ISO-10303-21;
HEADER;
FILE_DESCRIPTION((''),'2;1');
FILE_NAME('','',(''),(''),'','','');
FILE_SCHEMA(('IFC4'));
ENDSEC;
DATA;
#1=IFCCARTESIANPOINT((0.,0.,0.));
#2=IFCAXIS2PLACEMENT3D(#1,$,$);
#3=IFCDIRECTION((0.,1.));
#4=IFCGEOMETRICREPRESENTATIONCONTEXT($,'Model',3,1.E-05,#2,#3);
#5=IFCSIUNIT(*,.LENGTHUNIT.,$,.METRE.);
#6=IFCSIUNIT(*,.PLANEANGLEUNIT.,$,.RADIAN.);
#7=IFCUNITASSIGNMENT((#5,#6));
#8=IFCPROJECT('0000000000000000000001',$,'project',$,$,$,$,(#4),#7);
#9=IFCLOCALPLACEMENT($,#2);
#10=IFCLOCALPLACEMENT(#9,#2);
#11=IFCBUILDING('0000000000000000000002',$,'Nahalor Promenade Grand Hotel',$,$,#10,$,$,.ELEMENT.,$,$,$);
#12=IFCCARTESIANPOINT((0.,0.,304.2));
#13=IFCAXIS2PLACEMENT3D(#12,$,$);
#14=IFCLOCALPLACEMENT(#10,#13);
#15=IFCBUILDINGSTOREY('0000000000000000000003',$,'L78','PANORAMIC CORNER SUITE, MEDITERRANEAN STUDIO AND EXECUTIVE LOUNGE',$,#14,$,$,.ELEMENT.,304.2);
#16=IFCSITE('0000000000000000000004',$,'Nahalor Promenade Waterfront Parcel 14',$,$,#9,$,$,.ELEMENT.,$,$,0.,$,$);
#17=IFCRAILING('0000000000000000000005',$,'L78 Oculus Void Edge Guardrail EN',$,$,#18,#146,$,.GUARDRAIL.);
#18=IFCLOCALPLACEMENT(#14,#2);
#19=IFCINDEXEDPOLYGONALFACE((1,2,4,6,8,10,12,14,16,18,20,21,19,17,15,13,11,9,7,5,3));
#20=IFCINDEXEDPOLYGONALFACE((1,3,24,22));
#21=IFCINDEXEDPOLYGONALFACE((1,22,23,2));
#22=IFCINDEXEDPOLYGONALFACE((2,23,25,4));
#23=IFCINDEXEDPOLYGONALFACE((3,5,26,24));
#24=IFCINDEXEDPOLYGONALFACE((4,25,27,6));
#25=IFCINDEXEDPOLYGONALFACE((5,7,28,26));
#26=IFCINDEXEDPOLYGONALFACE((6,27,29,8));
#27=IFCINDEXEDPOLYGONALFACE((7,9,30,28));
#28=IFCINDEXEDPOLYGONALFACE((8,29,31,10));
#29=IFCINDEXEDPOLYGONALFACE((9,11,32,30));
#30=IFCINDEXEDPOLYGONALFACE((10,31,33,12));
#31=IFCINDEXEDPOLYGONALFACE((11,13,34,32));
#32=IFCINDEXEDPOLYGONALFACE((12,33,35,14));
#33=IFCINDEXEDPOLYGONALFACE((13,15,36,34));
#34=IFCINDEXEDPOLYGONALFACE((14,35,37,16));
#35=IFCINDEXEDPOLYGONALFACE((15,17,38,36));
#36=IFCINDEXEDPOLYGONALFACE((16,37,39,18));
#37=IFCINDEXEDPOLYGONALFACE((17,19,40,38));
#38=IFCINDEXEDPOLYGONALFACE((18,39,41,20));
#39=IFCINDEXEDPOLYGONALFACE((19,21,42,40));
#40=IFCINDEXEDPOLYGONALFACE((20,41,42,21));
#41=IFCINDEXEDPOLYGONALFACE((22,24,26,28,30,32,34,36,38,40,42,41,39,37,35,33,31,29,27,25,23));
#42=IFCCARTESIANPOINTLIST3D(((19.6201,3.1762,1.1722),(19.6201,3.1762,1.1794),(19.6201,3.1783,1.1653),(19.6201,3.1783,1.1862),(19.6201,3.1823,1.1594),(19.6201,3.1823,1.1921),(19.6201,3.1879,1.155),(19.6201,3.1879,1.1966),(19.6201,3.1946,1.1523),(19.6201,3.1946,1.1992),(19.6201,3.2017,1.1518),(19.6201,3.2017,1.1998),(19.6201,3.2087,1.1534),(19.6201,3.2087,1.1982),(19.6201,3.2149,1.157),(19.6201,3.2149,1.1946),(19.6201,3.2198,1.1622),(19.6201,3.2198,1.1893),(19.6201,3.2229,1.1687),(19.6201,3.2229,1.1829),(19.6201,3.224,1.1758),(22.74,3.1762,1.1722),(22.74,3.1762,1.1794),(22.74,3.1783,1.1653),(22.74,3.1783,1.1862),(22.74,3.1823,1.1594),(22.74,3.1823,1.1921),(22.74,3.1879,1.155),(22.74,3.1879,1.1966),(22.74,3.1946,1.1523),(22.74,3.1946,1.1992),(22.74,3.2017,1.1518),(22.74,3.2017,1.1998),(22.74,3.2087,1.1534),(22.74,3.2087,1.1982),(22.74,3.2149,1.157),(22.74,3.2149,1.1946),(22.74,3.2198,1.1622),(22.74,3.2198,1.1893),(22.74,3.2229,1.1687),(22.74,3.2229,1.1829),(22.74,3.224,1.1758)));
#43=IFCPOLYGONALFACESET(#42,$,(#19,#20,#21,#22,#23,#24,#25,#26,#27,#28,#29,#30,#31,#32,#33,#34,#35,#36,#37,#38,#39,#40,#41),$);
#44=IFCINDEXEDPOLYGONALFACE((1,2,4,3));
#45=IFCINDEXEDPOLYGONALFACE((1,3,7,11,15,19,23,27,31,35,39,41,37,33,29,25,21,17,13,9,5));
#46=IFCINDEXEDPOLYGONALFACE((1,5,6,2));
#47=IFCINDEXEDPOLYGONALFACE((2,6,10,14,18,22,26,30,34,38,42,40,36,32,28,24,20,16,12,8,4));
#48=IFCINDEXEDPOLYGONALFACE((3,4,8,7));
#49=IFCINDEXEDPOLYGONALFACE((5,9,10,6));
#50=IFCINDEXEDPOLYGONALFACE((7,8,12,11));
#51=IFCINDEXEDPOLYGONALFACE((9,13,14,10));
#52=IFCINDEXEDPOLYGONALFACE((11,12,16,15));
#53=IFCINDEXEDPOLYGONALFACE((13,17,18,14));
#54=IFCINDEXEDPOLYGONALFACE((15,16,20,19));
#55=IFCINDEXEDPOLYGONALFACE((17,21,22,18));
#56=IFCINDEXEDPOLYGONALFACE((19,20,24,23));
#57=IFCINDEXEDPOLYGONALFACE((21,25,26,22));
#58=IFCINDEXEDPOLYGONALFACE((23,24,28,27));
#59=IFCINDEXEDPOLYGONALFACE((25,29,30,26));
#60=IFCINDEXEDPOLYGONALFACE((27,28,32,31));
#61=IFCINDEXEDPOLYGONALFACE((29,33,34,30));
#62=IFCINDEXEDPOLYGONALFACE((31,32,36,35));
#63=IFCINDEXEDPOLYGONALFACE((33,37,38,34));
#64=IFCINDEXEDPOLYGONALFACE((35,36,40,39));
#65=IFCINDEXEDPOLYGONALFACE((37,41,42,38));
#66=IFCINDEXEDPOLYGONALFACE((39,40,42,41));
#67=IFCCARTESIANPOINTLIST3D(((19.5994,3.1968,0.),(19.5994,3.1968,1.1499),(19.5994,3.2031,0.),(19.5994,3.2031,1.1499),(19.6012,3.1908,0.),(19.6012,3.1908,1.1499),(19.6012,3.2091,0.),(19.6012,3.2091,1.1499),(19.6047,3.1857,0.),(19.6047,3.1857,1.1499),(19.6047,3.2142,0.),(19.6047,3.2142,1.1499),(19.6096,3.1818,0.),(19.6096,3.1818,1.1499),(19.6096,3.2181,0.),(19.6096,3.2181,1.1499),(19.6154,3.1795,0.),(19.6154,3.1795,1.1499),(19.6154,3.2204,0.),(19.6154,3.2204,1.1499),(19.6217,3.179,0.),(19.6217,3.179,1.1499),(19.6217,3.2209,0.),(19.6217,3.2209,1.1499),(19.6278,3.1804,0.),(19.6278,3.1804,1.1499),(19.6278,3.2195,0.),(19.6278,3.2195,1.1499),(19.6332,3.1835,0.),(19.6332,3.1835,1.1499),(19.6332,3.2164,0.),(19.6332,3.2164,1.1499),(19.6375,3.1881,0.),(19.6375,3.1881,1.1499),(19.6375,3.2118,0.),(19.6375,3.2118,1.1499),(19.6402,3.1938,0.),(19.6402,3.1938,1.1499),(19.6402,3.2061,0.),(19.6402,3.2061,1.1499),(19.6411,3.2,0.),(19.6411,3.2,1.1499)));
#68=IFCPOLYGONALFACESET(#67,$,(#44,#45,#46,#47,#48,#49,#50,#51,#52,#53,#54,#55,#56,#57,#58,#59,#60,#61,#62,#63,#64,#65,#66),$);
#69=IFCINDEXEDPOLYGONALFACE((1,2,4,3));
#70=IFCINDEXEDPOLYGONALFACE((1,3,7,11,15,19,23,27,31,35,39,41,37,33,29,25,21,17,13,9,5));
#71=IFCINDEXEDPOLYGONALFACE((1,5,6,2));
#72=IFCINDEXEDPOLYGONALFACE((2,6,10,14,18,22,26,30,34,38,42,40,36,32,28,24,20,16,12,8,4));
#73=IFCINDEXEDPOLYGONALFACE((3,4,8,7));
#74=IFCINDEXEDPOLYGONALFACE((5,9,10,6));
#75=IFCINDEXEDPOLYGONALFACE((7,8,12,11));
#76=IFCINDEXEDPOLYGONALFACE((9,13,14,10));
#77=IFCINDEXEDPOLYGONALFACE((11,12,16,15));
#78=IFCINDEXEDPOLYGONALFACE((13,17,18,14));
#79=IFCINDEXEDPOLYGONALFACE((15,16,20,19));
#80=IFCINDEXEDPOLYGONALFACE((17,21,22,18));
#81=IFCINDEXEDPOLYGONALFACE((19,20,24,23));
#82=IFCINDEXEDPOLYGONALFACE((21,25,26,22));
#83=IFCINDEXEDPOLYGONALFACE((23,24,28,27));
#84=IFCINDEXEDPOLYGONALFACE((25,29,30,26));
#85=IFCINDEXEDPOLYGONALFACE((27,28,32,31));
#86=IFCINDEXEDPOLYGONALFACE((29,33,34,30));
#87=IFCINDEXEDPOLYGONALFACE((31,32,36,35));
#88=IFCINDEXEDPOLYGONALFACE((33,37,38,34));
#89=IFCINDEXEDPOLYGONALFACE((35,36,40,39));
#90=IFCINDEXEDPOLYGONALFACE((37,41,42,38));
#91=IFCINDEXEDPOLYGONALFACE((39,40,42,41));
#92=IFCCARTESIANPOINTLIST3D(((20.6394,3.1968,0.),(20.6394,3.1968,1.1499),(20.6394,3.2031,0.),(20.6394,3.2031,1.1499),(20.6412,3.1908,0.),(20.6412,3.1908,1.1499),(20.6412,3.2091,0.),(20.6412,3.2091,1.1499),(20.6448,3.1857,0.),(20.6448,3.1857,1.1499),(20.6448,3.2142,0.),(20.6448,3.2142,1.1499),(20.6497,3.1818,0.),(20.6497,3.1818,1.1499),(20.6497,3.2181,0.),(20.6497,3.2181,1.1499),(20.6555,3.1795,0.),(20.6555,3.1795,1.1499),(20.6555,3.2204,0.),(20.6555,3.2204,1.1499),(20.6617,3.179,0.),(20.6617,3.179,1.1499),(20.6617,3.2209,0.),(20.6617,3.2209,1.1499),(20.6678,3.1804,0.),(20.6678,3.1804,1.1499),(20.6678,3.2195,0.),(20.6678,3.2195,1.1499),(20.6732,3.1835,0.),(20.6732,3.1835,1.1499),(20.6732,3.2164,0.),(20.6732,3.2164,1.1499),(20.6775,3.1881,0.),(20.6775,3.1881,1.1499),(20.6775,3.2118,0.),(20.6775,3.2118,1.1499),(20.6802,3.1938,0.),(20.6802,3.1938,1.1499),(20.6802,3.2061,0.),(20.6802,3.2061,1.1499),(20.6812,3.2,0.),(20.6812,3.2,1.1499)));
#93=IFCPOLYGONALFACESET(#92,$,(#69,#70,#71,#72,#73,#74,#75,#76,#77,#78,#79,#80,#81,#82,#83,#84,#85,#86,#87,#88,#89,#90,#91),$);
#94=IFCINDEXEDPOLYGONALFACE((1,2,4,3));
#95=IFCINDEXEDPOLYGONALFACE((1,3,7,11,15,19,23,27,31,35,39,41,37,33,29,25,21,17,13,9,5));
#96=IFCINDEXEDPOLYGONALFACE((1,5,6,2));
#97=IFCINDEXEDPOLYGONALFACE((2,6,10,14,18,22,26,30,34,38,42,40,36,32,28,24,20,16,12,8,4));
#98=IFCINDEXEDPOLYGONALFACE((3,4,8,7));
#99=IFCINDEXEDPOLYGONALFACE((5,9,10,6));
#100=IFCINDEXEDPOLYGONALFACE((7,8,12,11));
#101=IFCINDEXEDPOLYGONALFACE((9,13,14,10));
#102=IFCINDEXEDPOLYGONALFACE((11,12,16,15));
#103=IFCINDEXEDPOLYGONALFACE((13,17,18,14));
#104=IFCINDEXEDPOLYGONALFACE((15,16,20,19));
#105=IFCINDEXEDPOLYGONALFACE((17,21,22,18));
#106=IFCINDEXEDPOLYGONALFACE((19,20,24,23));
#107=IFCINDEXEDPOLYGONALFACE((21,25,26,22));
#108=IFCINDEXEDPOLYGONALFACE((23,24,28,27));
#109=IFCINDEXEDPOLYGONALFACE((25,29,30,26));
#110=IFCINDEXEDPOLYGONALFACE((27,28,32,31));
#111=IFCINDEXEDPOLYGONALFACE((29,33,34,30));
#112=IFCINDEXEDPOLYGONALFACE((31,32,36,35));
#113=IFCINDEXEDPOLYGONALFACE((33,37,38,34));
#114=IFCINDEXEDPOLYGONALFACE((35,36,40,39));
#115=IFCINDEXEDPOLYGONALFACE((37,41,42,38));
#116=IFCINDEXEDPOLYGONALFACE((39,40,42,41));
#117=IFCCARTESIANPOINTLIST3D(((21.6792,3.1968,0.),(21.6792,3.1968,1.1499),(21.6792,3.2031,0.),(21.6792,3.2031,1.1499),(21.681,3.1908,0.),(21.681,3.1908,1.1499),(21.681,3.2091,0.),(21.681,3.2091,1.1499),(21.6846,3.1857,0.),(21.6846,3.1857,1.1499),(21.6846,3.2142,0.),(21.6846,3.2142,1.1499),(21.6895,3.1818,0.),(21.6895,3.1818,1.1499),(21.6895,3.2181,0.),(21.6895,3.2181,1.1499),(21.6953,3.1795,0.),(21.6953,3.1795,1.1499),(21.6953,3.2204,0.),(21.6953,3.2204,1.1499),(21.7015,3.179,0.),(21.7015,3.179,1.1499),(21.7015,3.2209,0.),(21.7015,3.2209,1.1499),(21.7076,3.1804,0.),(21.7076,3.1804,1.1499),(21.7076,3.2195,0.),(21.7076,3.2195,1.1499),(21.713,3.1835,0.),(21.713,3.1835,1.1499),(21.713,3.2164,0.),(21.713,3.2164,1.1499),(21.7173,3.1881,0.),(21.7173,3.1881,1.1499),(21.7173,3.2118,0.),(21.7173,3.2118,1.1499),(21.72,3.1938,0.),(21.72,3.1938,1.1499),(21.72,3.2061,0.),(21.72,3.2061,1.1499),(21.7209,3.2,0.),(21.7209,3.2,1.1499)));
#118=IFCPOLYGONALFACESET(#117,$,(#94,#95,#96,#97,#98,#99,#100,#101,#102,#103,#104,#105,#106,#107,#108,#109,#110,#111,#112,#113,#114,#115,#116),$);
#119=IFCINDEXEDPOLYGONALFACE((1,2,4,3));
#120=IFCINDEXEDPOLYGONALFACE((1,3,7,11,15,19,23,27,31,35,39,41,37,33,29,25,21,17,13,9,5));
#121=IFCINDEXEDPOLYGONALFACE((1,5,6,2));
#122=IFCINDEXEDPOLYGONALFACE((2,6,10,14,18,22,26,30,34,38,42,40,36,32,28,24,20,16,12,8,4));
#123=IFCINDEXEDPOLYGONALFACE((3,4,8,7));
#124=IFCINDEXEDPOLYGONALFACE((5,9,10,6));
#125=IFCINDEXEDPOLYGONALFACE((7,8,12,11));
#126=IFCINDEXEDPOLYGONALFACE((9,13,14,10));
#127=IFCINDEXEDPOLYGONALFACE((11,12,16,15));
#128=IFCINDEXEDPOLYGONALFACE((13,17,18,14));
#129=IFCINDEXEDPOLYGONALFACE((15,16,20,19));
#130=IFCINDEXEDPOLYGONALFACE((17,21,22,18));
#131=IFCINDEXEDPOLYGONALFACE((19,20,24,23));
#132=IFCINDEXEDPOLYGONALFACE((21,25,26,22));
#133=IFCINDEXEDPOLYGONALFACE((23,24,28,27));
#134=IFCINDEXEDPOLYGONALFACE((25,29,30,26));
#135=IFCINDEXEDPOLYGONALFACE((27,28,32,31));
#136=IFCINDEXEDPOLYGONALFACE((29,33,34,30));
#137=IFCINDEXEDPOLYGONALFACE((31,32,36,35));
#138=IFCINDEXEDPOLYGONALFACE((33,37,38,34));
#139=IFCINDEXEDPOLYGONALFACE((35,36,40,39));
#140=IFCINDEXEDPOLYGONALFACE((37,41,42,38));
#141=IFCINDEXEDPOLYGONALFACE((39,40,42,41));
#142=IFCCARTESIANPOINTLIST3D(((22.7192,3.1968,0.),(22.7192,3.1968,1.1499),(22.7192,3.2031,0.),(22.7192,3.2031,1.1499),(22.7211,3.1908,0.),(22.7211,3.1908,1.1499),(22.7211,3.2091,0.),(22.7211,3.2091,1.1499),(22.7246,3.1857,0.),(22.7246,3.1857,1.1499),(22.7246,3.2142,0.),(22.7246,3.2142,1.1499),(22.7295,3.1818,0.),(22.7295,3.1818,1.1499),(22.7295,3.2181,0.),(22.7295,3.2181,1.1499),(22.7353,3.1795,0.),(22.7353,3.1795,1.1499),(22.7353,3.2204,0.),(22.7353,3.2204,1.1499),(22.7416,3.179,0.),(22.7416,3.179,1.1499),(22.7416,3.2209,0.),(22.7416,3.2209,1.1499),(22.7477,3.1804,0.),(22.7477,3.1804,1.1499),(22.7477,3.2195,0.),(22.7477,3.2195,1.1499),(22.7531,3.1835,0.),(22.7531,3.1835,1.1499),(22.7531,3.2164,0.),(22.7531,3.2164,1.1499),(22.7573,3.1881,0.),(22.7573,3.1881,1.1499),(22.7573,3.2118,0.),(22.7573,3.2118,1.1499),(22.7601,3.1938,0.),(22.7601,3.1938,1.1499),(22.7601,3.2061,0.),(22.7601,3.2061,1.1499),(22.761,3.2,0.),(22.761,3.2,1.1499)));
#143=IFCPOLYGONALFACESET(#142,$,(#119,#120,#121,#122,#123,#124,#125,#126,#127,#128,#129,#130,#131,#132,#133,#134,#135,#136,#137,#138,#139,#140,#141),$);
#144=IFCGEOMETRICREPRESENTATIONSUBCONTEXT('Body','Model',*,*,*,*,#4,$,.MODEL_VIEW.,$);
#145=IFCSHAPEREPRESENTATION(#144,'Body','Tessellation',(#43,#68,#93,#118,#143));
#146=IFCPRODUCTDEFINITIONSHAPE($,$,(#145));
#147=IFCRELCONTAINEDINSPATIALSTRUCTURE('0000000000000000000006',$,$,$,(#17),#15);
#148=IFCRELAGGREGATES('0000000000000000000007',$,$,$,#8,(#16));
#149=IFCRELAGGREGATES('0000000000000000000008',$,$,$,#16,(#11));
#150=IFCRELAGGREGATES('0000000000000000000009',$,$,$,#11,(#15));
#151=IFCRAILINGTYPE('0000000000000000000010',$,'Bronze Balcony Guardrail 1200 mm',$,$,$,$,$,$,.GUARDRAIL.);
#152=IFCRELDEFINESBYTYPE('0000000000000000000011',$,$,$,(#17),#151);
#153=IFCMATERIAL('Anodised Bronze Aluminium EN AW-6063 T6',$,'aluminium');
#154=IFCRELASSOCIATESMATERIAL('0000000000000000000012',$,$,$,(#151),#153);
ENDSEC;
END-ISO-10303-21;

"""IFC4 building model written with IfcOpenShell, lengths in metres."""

from ifc_helpers import new_model, si_unit, direction, frame, origin, origin_2d, place, context, subcontext, project, spatial, circle, extrude, material, type_object, element, save


model = new_model("IFC4")

# Units and contexts
model_context = context("Model", 3, precision=1e-05, world=origin(), true_north=direction((0.0, 1.0)))
body_context = subcontext(model_context, "Body", "Model", "MODEL_VIEW")
ifc_project = project(units=[si_unit("LENGTHUNIT", "METRE"), si_unit("PLANEANGLEUNIT", "RADIAN")], contexts=[model_context])

# Site, building, storey
site_placement = place(None, origin())
site = spatial("IfcSite", under=ifc_project, at=site_placement, Name="Nahalor Promenade Waterfront Parcel 14", CompositionType="ELEMENT", RefElevation=0.0)
building_placement = place(site_placement, origin())
building = spatial("IfcBuilding", under=site, at=building_placement, Name="Nahalor Promenade Grand Hotel", CompositionType="ELEMENT")
storey_placement = place(building_placement, frame((0.0, 0.0, 304.2)))
storey = spatial("IfcBuildingStorey", under=building, at=storey_placement, Name="L78", Description="PANORAMIC CORNER SUITE, MEDITERRANEAN STUDIO AND EXECUTIVE LOUNGE", CompositionType="ELEMENT", Elevation=304.2)

# Shared definitions
ifc_material_1 = material(Name="Anodised Bronze Aluminium EN AW-6063 T6", Category="aluminium")

# Railing
railing_type = type_object("IfcRailingType", Name="Bronze Balcony Guardrail 1200 mm", PredefinedType="GUARDRAIL", material=ifc_material_1)
railing_placement = place(storey_placement, frame((19.6201, 3.2, 0.0)))
element("IfcRailing", 1, at=railing_placement, inside=storey, type_object=railing_type, Name="L78 Oculus Void Edge Guardrail EN", PredefinedType="GUARDRAIL", context=body_context, shape_type="SweptSolid", body=[
    extrude(circle(Radius=0.024, at=origin_2d()), frame((0.0, 0.0, 1.1758), z_axis=(1.0, 0.0, 0.0), x_axis=(0.0, 1.0, 0.0)), (0.0, 0.0, 1.0), 3.1199),
    extrude(circle(Radius=0.021, at=origin_2d()), origin(), (0.0, 0.0, 1.0), 1.1499),
    extrude(circle(Radius=0.021, at=origin_2d()), frame((1.04, 0.0, 0.0)), (0.0, 0.0, 1.0), 1.1499),
    extrude(circle(Radius=0.021, at=origin_2d()), frame((2.0798, 0.0, 0.0)), (0.0, 0.0, 1.0), 1.1499),
    extrude(circle(Radius=0.021, at=origin_2d()), frame((3.1199, 0.0, 0.0)), (0.0, 0.0, 1.0), 1.1499),
])

save(model, "model.ifc")
